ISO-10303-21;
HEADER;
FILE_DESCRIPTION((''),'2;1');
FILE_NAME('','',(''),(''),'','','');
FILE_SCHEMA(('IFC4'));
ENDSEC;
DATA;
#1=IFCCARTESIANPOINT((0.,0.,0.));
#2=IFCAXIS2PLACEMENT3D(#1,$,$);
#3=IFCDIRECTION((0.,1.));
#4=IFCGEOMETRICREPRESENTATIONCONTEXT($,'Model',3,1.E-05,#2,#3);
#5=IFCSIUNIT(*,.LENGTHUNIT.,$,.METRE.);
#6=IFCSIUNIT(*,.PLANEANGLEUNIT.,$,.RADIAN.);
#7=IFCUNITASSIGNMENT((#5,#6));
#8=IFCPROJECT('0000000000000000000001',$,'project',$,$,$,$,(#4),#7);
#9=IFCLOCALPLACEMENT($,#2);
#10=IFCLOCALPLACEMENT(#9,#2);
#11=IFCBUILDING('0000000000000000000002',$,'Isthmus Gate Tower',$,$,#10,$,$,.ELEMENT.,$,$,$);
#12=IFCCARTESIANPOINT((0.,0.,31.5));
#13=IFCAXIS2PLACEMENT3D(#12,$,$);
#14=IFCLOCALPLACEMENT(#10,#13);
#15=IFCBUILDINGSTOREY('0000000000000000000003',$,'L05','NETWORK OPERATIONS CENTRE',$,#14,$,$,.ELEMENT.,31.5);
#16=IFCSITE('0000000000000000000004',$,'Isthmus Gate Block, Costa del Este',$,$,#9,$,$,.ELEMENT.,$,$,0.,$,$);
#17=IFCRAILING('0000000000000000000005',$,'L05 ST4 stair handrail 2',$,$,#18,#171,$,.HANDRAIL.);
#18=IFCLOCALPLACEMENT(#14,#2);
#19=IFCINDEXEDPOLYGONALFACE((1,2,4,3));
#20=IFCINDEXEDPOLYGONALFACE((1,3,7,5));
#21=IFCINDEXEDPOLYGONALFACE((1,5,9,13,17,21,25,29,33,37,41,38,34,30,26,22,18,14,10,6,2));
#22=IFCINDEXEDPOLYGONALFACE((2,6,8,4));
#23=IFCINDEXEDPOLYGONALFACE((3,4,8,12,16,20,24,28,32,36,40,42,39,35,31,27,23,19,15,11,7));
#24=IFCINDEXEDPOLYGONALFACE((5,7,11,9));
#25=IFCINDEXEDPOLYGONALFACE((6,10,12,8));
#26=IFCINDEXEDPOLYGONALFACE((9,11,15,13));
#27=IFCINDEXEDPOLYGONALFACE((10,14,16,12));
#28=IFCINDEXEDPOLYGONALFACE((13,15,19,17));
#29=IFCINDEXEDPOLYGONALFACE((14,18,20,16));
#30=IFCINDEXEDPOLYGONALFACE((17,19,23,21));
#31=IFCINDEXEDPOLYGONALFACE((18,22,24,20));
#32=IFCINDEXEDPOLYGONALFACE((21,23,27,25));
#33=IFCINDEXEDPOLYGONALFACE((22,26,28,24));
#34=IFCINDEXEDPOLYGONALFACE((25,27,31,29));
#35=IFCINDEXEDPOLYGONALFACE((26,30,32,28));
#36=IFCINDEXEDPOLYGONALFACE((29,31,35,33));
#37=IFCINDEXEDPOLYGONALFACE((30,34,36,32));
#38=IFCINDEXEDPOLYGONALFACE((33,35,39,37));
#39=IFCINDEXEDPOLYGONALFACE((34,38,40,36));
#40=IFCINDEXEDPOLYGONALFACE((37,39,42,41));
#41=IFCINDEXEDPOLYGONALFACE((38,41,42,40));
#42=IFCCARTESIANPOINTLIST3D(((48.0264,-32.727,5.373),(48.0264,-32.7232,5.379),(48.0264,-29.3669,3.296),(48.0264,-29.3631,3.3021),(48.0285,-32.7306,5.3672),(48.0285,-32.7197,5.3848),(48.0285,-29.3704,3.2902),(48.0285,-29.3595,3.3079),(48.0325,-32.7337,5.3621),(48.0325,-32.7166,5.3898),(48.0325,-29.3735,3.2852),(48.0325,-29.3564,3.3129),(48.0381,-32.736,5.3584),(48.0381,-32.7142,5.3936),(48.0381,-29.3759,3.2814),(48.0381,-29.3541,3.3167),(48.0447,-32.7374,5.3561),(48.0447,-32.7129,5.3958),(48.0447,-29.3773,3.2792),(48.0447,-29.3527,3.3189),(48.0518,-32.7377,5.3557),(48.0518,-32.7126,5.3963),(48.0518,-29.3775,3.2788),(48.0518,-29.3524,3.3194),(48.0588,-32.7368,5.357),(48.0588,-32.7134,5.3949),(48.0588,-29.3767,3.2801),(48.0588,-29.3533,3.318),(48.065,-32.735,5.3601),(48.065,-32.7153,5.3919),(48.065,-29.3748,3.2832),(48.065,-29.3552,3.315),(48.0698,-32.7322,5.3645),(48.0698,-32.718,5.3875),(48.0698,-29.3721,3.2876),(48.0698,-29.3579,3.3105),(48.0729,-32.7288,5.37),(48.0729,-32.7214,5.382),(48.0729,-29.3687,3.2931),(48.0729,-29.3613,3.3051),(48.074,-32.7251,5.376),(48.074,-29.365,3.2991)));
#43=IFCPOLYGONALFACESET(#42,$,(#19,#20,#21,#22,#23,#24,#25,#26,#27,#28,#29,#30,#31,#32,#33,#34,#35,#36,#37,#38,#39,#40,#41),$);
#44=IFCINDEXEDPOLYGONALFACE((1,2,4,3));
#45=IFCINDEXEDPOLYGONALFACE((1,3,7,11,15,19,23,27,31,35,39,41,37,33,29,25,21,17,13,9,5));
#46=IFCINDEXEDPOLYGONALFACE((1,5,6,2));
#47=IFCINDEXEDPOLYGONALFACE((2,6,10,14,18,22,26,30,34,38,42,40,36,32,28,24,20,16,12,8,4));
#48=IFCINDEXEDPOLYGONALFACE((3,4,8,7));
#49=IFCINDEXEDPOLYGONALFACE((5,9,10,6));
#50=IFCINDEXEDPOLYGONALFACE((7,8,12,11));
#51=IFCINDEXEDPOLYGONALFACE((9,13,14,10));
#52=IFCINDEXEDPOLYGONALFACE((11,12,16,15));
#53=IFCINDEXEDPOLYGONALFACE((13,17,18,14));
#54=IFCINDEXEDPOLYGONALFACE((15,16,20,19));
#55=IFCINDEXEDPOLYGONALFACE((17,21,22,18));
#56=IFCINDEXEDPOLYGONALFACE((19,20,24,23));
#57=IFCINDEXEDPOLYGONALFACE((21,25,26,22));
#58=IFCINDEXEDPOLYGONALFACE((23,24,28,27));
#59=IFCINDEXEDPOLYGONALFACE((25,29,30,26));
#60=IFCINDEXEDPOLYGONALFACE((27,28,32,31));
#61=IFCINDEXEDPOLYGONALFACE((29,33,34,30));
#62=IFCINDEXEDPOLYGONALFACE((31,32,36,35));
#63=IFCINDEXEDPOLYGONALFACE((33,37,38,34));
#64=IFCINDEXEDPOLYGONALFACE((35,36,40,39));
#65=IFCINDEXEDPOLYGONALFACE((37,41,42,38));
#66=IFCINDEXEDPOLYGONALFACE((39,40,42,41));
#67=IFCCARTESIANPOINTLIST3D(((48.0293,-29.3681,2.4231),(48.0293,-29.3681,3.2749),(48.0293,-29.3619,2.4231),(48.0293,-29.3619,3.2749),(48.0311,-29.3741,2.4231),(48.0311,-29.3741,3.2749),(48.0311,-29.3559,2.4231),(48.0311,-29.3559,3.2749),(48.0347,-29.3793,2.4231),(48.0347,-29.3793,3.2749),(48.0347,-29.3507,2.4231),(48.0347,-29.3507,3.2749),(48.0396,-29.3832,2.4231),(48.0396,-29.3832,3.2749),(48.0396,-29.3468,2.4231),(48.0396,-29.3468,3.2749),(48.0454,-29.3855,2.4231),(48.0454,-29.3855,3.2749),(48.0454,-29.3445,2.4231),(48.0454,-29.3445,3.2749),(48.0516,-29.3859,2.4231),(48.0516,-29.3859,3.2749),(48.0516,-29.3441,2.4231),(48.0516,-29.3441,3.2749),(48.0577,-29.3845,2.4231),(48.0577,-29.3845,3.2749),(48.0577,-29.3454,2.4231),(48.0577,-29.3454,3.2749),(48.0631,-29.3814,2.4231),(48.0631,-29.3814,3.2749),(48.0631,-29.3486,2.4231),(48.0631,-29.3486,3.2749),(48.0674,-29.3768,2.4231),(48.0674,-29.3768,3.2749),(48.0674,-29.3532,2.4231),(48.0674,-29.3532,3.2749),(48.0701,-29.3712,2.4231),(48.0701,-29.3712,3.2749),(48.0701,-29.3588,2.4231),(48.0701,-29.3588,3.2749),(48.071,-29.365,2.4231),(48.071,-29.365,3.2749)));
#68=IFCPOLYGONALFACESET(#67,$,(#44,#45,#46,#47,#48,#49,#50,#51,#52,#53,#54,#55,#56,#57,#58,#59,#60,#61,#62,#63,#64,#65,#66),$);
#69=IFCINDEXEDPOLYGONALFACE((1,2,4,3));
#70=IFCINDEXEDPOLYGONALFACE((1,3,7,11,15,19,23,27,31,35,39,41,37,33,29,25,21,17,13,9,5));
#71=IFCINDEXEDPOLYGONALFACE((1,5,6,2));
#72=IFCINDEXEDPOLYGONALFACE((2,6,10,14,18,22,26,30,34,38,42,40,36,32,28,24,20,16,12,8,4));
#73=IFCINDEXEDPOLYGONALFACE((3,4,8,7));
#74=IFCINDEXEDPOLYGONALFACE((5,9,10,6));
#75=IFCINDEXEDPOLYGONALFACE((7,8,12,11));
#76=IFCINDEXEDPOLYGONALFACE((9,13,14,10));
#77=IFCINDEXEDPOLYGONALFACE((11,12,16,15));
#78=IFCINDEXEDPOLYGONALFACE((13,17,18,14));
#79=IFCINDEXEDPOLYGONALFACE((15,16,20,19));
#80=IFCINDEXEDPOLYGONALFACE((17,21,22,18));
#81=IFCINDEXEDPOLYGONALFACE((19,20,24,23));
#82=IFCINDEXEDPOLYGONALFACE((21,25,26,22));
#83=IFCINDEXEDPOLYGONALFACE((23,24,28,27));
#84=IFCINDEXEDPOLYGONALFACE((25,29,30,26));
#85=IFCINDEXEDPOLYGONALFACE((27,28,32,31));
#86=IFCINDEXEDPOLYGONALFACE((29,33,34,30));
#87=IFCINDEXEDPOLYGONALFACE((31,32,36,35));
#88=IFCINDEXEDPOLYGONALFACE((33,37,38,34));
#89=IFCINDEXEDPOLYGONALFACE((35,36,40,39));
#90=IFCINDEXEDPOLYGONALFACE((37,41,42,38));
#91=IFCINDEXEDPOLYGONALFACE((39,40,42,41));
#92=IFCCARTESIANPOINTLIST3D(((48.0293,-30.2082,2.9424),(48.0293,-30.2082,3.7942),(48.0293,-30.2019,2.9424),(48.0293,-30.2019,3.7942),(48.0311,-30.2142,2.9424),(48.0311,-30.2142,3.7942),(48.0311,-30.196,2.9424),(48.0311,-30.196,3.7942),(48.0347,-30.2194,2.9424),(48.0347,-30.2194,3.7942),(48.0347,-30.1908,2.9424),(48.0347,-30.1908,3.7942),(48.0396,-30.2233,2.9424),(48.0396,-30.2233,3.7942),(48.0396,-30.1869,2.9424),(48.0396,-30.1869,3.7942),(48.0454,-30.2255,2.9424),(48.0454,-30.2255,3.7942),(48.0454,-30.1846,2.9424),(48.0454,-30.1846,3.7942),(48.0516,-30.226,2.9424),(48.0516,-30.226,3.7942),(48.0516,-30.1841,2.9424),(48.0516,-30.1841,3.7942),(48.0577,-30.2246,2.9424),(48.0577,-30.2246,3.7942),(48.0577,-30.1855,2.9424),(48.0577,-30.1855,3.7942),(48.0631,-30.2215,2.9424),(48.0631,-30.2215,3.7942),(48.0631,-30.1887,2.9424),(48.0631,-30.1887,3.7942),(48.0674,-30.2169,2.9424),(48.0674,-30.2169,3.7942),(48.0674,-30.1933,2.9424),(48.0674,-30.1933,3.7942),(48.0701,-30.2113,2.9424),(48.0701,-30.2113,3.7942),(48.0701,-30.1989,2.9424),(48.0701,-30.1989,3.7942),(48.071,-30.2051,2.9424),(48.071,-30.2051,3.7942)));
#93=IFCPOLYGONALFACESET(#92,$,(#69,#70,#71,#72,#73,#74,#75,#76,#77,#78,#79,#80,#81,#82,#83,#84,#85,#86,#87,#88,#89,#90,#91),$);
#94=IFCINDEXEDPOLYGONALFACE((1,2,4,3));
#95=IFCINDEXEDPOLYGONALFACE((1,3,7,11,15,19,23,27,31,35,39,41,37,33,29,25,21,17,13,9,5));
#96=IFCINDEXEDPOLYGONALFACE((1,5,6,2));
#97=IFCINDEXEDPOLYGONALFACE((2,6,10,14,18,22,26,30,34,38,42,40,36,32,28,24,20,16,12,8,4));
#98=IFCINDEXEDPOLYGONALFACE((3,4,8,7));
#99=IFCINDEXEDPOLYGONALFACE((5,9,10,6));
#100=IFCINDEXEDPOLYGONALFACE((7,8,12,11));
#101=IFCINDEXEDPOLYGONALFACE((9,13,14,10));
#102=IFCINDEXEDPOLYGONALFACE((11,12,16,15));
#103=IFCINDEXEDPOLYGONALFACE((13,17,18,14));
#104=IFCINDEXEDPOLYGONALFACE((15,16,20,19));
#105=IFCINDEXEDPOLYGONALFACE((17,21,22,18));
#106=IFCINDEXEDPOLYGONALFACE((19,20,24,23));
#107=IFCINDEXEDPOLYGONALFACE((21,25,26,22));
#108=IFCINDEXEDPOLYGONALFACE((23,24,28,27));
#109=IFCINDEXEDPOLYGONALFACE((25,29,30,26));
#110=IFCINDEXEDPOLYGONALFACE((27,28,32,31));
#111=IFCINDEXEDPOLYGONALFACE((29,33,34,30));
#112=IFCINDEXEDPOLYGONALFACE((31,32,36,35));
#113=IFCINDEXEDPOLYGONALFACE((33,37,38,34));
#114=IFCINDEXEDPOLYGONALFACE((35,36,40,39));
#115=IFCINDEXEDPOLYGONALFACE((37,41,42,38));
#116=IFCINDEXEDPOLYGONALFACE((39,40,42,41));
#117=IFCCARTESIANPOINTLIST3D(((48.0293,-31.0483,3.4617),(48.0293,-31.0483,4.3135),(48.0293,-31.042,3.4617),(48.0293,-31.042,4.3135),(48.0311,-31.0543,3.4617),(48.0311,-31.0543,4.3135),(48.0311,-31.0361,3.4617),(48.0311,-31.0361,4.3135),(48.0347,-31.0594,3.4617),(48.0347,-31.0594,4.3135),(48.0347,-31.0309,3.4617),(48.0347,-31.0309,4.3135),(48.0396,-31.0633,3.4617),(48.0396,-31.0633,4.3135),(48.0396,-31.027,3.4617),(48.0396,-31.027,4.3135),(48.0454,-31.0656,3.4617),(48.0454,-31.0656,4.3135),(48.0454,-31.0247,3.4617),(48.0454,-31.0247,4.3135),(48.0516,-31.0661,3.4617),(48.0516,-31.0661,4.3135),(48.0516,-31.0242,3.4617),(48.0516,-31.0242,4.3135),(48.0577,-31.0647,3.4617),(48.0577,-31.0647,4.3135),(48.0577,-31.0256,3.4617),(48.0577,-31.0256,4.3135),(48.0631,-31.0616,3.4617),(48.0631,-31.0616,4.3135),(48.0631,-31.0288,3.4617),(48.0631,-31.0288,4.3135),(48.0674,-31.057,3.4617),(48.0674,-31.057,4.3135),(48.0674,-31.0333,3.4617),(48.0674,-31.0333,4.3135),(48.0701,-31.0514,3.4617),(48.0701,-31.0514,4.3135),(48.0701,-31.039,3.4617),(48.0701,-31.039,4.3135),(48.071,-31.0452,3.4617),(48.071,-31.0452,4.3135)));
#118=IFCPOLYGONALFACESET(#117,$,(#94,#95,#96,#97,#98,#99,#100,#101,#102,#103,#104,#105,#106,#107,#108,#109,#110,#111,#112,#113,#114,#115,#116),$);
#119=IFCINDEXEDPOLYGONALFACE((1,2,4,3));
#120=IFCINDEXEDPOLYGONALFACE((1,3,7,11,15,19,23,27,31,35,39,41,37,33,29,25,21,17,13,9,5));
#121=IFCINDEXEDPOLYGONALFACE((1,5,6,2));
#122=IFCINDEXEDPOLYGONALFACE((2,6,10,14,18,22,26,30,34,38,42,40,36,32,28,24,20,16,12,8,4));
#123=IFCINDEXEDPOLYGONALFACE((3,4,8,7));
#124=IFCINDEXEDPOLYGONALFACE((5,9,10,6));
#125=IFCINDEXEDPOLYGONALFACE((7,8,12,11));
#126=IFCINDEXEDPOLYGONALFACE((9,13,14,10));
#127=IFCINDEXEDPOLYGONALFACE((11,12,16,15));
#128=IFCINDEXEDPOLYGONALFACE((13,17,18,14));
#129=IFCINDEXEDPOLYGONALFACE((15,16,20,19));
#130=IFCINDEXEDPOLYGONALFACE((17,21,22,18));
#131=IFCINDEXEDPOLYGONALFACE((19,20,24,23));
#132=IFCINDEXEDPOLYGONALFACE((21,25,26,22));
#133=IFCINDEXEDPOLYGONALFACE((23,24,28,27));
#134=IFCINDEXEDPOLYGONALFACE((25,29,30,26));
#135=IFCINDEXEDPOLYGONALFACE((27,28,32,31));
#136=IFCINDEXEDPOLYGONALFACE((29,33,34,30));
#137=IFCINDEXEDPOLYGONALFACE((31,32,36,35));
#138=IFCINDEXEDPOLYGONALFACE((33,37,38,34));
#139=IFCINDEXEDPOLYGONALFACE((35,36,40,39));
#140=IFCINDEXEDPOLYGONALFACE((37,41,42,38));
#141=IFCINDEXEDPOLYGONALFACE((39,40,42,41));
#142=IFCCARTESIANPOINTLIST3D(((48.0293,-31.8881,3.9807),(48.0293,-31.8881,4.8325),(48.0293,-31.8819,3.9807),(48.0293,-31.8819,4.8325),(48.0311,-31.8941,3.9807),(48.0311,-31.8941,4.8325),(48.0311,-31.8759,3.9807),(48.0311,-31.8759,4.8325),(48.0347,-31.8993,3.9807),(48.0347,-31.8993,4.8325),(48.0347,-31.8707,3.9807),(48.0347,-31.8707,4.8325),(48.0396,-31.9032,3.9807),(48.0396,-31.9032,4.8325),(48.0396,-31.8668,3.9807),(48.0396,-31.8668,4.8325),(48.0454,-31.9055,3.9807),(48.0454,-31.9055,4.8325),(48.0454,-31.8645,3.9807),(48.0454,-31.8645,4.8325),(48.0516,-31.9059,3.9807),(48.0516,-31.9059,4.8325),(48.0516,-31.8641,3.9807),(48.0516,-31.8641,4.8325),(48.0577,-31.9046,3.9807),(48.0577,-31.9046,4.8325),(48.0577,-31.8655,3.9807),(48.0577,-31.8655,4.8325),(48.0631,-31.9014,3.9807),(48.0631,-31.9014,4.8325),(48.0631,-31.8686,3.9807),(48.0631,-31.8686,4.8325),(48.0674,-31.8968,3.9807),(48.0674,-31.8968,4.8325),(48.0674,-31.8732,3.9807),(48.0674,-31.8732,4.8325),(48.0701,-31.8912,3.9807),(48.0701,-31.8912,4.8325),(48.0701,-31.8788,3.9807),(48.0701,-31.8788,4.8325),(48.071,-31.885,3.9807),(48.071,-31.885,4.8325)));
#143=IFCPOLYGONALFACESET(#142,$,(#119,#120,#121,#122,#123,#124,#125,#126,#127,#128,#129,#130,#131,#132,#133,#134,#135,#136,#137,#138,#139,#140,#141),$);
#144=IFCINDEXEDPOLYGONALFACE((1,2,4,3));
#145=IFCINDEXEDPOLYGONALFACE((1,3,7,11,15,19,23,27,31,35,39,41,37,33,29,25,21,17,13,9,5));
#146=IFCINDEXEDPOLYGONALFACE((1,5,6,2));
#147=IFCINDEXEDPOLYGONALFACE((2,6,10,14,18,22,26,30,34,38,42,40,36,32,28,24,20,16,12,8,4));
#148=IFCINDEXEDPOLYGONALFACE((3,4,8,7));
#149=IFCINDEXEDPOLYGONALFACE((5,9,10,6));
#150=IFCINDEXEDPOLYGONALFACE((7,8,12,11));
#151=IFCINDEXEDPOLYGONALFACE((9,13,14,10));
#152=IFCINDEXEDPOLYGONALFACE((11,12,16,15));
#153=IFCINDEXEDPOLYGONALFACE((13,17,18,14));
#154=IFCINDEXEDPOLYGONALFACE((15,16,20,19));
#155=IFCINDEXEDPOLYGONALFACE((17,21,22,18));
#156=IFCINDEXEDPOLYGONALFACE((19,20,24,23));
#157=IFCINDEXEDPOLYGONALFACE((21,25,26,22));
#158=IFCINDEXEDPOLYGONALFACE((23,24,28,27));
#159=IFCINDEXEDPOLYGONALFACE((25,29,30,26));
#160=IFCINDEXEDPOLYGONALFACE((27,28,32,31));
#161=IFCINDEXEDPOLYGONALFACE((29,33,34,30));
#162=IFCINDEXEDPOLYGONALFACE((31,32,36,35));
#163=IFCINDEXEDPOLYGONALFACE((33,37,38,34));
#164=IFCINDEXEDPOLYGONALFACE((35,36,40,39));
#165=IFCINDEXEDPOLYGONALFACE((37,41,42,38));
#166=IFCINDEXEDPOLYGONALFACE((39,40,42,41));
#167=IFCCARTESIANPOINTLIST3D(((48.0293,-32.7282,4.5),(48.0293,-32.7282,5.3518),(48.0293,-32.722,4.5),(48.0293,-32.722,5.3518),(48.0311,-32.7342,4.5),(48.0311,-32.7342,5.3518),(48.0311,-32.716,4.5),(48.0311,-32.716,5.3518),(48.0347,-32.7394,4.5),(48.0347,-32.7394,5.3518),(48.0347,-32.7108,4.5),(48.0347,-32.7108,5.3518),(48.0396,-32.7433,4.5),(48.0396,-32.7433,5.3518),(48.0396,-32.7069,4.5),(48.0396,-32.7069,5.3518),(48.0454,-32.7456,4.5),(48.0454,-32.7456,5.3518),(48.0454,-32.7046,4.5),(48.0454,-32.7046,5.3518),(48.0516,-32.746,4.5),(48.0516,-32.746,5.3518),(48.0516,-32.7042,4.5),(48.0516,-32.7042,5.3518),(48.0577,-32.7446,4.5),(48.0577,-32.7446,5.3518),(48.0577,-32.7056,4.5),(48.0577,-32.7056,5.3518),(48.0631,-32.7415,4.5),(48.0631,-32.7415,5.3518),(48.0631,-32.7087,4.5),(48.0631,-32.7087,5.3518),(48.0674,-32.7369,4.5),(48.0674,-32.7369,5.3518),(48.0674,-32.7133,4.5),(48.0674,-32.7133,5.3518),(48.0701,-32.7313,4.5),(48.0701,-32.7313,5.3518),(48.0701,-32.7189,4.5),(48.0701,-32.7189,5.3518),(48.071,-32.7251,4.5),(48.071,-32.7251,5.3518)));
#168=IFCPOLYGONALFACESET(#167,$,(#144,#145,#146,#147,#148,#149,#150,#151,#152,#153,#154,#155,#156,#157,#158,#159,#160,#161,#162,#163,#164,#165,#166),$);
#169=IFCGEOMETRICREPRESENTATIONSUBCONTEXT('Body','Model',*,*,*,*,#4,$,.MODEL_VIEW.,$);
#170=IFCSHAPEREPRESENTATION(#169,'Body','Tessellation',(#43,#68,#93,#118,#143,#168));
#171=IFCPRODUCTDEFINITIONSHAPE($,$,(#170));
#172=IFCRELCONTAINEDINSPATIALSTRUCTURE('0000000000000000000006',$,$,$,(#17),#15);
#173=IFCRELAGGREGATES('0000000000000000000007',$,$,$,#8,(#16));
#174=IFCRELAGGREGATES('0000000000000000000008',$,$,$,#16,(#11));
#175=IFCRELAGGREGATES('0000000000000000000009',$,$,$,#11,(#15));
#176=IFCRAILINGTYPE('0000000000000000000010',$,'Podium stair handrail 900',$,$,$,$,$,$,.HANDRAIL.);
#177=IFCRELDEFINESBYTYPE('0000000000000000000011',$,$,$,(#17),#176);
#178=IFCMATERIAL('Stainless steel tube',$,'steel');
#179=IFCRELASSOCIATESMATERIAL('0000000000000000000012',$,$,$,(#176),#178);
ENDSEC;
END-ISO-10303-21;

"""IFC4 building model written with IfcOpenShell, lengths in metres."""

from ifc_helpers import new_model, si_unit, direction, frame, origin, origin_2d, place, context, subcontext, project, spatial, circle, extrude, material, type_object, element, save


model = new_model("IFC4")

# Units and contexts
model_context = context("Model", 3, precision=1e-05, world=origin(), true_north=direction((0.0, 1.0)))
body_context = subcontext(model_context, "Body", "Model", "MODEL_VIEW")
ifc_project = project(units=[si_unit("LENGTHUNIT", "METRE"), si_unit("PLANEANGLEUNIT", "RADIAN")], contexts=[model_context])

# Site, building, storey
site_placement = place(None, origin())
site = spatial("IfcSite", under=ifc_project, at=site_placement, Name="Isthmus Gate Block, Costa del Este", CompositionType="ELEMENT", RefElevation=0.0)
building_placement = place(site_placement, origin())
building = spatial("IfcBuilding", under=site, at=building_placement, Name="Isthmus Gate Tower", CompositionType="ELEMENT")
storey_placement = place(building_placement, frame((0.0, 0.0, 31.5)))
storey = spatial("IfcBuildingStorey", under=building, at=storey_placement, Name="L05", Description="NETWORK OPERATIONS CENTRE", CompositionType="ELEMENT", Elevation=31.5)

# Railing
ifc_material_1 = material(Name="Stainless steel tube", Category="steel")
railing_type_1 = type_object("IfcRailingType", Name="Podium stair handrail 900", PredefinedType="HANDRAIL", material=ifc_material_1)
railing_1_placement = place(storey_placement, frame((48.05, -29.365, 2.4231)))
element("IfcRailing", 1, at=railing_1_placement, inside=storey, type_object=railing_type_1, Name="L05 ST4 stair handrail 2", PredefinedType="HANDRAIL", context=body_context, shape_type="SweptSolid", body=[
    extrude(circle(Radius=0.0239, at=origin_2d()), frame((0.0, 0.0, 0.876), z_axis=(0.0, -0.850623, 0.525776), x_axis=(1.0, 0.0, 0.0)), (0.0, 0.0, 1.0), 3.9502),
    extrude(circle(Radius=0.021, at=origin_2d()), origin(), (0.0, 0.0, 1.0), 0.8518),
    extrude(circle(Radius=0.021, at=origin_2d()), frame((0.0, -0.8401, 0.5193)), (0.0, 0.0, 1.0), 0.8518),
    extrude(circle(Radius=0.021, at=origin_2d()), frame((0.0, -1.6802, 1.0386)), (0.0, 0.0, 1.0), 0.8518),
    extrude(circle(Radius=0.021, at=origin_2d()), frame((0.0, -2.52, 1.5576)), (0.0, 0.0, 1.0), 0.8518),
    extrude(circle(Radius=0.021, at=origin_2d()), frame((0.0, -3.3601, 2.0769)), (0.0, 0.0, 1.0), 0.8518),
])

save(model, "model.ifc")
